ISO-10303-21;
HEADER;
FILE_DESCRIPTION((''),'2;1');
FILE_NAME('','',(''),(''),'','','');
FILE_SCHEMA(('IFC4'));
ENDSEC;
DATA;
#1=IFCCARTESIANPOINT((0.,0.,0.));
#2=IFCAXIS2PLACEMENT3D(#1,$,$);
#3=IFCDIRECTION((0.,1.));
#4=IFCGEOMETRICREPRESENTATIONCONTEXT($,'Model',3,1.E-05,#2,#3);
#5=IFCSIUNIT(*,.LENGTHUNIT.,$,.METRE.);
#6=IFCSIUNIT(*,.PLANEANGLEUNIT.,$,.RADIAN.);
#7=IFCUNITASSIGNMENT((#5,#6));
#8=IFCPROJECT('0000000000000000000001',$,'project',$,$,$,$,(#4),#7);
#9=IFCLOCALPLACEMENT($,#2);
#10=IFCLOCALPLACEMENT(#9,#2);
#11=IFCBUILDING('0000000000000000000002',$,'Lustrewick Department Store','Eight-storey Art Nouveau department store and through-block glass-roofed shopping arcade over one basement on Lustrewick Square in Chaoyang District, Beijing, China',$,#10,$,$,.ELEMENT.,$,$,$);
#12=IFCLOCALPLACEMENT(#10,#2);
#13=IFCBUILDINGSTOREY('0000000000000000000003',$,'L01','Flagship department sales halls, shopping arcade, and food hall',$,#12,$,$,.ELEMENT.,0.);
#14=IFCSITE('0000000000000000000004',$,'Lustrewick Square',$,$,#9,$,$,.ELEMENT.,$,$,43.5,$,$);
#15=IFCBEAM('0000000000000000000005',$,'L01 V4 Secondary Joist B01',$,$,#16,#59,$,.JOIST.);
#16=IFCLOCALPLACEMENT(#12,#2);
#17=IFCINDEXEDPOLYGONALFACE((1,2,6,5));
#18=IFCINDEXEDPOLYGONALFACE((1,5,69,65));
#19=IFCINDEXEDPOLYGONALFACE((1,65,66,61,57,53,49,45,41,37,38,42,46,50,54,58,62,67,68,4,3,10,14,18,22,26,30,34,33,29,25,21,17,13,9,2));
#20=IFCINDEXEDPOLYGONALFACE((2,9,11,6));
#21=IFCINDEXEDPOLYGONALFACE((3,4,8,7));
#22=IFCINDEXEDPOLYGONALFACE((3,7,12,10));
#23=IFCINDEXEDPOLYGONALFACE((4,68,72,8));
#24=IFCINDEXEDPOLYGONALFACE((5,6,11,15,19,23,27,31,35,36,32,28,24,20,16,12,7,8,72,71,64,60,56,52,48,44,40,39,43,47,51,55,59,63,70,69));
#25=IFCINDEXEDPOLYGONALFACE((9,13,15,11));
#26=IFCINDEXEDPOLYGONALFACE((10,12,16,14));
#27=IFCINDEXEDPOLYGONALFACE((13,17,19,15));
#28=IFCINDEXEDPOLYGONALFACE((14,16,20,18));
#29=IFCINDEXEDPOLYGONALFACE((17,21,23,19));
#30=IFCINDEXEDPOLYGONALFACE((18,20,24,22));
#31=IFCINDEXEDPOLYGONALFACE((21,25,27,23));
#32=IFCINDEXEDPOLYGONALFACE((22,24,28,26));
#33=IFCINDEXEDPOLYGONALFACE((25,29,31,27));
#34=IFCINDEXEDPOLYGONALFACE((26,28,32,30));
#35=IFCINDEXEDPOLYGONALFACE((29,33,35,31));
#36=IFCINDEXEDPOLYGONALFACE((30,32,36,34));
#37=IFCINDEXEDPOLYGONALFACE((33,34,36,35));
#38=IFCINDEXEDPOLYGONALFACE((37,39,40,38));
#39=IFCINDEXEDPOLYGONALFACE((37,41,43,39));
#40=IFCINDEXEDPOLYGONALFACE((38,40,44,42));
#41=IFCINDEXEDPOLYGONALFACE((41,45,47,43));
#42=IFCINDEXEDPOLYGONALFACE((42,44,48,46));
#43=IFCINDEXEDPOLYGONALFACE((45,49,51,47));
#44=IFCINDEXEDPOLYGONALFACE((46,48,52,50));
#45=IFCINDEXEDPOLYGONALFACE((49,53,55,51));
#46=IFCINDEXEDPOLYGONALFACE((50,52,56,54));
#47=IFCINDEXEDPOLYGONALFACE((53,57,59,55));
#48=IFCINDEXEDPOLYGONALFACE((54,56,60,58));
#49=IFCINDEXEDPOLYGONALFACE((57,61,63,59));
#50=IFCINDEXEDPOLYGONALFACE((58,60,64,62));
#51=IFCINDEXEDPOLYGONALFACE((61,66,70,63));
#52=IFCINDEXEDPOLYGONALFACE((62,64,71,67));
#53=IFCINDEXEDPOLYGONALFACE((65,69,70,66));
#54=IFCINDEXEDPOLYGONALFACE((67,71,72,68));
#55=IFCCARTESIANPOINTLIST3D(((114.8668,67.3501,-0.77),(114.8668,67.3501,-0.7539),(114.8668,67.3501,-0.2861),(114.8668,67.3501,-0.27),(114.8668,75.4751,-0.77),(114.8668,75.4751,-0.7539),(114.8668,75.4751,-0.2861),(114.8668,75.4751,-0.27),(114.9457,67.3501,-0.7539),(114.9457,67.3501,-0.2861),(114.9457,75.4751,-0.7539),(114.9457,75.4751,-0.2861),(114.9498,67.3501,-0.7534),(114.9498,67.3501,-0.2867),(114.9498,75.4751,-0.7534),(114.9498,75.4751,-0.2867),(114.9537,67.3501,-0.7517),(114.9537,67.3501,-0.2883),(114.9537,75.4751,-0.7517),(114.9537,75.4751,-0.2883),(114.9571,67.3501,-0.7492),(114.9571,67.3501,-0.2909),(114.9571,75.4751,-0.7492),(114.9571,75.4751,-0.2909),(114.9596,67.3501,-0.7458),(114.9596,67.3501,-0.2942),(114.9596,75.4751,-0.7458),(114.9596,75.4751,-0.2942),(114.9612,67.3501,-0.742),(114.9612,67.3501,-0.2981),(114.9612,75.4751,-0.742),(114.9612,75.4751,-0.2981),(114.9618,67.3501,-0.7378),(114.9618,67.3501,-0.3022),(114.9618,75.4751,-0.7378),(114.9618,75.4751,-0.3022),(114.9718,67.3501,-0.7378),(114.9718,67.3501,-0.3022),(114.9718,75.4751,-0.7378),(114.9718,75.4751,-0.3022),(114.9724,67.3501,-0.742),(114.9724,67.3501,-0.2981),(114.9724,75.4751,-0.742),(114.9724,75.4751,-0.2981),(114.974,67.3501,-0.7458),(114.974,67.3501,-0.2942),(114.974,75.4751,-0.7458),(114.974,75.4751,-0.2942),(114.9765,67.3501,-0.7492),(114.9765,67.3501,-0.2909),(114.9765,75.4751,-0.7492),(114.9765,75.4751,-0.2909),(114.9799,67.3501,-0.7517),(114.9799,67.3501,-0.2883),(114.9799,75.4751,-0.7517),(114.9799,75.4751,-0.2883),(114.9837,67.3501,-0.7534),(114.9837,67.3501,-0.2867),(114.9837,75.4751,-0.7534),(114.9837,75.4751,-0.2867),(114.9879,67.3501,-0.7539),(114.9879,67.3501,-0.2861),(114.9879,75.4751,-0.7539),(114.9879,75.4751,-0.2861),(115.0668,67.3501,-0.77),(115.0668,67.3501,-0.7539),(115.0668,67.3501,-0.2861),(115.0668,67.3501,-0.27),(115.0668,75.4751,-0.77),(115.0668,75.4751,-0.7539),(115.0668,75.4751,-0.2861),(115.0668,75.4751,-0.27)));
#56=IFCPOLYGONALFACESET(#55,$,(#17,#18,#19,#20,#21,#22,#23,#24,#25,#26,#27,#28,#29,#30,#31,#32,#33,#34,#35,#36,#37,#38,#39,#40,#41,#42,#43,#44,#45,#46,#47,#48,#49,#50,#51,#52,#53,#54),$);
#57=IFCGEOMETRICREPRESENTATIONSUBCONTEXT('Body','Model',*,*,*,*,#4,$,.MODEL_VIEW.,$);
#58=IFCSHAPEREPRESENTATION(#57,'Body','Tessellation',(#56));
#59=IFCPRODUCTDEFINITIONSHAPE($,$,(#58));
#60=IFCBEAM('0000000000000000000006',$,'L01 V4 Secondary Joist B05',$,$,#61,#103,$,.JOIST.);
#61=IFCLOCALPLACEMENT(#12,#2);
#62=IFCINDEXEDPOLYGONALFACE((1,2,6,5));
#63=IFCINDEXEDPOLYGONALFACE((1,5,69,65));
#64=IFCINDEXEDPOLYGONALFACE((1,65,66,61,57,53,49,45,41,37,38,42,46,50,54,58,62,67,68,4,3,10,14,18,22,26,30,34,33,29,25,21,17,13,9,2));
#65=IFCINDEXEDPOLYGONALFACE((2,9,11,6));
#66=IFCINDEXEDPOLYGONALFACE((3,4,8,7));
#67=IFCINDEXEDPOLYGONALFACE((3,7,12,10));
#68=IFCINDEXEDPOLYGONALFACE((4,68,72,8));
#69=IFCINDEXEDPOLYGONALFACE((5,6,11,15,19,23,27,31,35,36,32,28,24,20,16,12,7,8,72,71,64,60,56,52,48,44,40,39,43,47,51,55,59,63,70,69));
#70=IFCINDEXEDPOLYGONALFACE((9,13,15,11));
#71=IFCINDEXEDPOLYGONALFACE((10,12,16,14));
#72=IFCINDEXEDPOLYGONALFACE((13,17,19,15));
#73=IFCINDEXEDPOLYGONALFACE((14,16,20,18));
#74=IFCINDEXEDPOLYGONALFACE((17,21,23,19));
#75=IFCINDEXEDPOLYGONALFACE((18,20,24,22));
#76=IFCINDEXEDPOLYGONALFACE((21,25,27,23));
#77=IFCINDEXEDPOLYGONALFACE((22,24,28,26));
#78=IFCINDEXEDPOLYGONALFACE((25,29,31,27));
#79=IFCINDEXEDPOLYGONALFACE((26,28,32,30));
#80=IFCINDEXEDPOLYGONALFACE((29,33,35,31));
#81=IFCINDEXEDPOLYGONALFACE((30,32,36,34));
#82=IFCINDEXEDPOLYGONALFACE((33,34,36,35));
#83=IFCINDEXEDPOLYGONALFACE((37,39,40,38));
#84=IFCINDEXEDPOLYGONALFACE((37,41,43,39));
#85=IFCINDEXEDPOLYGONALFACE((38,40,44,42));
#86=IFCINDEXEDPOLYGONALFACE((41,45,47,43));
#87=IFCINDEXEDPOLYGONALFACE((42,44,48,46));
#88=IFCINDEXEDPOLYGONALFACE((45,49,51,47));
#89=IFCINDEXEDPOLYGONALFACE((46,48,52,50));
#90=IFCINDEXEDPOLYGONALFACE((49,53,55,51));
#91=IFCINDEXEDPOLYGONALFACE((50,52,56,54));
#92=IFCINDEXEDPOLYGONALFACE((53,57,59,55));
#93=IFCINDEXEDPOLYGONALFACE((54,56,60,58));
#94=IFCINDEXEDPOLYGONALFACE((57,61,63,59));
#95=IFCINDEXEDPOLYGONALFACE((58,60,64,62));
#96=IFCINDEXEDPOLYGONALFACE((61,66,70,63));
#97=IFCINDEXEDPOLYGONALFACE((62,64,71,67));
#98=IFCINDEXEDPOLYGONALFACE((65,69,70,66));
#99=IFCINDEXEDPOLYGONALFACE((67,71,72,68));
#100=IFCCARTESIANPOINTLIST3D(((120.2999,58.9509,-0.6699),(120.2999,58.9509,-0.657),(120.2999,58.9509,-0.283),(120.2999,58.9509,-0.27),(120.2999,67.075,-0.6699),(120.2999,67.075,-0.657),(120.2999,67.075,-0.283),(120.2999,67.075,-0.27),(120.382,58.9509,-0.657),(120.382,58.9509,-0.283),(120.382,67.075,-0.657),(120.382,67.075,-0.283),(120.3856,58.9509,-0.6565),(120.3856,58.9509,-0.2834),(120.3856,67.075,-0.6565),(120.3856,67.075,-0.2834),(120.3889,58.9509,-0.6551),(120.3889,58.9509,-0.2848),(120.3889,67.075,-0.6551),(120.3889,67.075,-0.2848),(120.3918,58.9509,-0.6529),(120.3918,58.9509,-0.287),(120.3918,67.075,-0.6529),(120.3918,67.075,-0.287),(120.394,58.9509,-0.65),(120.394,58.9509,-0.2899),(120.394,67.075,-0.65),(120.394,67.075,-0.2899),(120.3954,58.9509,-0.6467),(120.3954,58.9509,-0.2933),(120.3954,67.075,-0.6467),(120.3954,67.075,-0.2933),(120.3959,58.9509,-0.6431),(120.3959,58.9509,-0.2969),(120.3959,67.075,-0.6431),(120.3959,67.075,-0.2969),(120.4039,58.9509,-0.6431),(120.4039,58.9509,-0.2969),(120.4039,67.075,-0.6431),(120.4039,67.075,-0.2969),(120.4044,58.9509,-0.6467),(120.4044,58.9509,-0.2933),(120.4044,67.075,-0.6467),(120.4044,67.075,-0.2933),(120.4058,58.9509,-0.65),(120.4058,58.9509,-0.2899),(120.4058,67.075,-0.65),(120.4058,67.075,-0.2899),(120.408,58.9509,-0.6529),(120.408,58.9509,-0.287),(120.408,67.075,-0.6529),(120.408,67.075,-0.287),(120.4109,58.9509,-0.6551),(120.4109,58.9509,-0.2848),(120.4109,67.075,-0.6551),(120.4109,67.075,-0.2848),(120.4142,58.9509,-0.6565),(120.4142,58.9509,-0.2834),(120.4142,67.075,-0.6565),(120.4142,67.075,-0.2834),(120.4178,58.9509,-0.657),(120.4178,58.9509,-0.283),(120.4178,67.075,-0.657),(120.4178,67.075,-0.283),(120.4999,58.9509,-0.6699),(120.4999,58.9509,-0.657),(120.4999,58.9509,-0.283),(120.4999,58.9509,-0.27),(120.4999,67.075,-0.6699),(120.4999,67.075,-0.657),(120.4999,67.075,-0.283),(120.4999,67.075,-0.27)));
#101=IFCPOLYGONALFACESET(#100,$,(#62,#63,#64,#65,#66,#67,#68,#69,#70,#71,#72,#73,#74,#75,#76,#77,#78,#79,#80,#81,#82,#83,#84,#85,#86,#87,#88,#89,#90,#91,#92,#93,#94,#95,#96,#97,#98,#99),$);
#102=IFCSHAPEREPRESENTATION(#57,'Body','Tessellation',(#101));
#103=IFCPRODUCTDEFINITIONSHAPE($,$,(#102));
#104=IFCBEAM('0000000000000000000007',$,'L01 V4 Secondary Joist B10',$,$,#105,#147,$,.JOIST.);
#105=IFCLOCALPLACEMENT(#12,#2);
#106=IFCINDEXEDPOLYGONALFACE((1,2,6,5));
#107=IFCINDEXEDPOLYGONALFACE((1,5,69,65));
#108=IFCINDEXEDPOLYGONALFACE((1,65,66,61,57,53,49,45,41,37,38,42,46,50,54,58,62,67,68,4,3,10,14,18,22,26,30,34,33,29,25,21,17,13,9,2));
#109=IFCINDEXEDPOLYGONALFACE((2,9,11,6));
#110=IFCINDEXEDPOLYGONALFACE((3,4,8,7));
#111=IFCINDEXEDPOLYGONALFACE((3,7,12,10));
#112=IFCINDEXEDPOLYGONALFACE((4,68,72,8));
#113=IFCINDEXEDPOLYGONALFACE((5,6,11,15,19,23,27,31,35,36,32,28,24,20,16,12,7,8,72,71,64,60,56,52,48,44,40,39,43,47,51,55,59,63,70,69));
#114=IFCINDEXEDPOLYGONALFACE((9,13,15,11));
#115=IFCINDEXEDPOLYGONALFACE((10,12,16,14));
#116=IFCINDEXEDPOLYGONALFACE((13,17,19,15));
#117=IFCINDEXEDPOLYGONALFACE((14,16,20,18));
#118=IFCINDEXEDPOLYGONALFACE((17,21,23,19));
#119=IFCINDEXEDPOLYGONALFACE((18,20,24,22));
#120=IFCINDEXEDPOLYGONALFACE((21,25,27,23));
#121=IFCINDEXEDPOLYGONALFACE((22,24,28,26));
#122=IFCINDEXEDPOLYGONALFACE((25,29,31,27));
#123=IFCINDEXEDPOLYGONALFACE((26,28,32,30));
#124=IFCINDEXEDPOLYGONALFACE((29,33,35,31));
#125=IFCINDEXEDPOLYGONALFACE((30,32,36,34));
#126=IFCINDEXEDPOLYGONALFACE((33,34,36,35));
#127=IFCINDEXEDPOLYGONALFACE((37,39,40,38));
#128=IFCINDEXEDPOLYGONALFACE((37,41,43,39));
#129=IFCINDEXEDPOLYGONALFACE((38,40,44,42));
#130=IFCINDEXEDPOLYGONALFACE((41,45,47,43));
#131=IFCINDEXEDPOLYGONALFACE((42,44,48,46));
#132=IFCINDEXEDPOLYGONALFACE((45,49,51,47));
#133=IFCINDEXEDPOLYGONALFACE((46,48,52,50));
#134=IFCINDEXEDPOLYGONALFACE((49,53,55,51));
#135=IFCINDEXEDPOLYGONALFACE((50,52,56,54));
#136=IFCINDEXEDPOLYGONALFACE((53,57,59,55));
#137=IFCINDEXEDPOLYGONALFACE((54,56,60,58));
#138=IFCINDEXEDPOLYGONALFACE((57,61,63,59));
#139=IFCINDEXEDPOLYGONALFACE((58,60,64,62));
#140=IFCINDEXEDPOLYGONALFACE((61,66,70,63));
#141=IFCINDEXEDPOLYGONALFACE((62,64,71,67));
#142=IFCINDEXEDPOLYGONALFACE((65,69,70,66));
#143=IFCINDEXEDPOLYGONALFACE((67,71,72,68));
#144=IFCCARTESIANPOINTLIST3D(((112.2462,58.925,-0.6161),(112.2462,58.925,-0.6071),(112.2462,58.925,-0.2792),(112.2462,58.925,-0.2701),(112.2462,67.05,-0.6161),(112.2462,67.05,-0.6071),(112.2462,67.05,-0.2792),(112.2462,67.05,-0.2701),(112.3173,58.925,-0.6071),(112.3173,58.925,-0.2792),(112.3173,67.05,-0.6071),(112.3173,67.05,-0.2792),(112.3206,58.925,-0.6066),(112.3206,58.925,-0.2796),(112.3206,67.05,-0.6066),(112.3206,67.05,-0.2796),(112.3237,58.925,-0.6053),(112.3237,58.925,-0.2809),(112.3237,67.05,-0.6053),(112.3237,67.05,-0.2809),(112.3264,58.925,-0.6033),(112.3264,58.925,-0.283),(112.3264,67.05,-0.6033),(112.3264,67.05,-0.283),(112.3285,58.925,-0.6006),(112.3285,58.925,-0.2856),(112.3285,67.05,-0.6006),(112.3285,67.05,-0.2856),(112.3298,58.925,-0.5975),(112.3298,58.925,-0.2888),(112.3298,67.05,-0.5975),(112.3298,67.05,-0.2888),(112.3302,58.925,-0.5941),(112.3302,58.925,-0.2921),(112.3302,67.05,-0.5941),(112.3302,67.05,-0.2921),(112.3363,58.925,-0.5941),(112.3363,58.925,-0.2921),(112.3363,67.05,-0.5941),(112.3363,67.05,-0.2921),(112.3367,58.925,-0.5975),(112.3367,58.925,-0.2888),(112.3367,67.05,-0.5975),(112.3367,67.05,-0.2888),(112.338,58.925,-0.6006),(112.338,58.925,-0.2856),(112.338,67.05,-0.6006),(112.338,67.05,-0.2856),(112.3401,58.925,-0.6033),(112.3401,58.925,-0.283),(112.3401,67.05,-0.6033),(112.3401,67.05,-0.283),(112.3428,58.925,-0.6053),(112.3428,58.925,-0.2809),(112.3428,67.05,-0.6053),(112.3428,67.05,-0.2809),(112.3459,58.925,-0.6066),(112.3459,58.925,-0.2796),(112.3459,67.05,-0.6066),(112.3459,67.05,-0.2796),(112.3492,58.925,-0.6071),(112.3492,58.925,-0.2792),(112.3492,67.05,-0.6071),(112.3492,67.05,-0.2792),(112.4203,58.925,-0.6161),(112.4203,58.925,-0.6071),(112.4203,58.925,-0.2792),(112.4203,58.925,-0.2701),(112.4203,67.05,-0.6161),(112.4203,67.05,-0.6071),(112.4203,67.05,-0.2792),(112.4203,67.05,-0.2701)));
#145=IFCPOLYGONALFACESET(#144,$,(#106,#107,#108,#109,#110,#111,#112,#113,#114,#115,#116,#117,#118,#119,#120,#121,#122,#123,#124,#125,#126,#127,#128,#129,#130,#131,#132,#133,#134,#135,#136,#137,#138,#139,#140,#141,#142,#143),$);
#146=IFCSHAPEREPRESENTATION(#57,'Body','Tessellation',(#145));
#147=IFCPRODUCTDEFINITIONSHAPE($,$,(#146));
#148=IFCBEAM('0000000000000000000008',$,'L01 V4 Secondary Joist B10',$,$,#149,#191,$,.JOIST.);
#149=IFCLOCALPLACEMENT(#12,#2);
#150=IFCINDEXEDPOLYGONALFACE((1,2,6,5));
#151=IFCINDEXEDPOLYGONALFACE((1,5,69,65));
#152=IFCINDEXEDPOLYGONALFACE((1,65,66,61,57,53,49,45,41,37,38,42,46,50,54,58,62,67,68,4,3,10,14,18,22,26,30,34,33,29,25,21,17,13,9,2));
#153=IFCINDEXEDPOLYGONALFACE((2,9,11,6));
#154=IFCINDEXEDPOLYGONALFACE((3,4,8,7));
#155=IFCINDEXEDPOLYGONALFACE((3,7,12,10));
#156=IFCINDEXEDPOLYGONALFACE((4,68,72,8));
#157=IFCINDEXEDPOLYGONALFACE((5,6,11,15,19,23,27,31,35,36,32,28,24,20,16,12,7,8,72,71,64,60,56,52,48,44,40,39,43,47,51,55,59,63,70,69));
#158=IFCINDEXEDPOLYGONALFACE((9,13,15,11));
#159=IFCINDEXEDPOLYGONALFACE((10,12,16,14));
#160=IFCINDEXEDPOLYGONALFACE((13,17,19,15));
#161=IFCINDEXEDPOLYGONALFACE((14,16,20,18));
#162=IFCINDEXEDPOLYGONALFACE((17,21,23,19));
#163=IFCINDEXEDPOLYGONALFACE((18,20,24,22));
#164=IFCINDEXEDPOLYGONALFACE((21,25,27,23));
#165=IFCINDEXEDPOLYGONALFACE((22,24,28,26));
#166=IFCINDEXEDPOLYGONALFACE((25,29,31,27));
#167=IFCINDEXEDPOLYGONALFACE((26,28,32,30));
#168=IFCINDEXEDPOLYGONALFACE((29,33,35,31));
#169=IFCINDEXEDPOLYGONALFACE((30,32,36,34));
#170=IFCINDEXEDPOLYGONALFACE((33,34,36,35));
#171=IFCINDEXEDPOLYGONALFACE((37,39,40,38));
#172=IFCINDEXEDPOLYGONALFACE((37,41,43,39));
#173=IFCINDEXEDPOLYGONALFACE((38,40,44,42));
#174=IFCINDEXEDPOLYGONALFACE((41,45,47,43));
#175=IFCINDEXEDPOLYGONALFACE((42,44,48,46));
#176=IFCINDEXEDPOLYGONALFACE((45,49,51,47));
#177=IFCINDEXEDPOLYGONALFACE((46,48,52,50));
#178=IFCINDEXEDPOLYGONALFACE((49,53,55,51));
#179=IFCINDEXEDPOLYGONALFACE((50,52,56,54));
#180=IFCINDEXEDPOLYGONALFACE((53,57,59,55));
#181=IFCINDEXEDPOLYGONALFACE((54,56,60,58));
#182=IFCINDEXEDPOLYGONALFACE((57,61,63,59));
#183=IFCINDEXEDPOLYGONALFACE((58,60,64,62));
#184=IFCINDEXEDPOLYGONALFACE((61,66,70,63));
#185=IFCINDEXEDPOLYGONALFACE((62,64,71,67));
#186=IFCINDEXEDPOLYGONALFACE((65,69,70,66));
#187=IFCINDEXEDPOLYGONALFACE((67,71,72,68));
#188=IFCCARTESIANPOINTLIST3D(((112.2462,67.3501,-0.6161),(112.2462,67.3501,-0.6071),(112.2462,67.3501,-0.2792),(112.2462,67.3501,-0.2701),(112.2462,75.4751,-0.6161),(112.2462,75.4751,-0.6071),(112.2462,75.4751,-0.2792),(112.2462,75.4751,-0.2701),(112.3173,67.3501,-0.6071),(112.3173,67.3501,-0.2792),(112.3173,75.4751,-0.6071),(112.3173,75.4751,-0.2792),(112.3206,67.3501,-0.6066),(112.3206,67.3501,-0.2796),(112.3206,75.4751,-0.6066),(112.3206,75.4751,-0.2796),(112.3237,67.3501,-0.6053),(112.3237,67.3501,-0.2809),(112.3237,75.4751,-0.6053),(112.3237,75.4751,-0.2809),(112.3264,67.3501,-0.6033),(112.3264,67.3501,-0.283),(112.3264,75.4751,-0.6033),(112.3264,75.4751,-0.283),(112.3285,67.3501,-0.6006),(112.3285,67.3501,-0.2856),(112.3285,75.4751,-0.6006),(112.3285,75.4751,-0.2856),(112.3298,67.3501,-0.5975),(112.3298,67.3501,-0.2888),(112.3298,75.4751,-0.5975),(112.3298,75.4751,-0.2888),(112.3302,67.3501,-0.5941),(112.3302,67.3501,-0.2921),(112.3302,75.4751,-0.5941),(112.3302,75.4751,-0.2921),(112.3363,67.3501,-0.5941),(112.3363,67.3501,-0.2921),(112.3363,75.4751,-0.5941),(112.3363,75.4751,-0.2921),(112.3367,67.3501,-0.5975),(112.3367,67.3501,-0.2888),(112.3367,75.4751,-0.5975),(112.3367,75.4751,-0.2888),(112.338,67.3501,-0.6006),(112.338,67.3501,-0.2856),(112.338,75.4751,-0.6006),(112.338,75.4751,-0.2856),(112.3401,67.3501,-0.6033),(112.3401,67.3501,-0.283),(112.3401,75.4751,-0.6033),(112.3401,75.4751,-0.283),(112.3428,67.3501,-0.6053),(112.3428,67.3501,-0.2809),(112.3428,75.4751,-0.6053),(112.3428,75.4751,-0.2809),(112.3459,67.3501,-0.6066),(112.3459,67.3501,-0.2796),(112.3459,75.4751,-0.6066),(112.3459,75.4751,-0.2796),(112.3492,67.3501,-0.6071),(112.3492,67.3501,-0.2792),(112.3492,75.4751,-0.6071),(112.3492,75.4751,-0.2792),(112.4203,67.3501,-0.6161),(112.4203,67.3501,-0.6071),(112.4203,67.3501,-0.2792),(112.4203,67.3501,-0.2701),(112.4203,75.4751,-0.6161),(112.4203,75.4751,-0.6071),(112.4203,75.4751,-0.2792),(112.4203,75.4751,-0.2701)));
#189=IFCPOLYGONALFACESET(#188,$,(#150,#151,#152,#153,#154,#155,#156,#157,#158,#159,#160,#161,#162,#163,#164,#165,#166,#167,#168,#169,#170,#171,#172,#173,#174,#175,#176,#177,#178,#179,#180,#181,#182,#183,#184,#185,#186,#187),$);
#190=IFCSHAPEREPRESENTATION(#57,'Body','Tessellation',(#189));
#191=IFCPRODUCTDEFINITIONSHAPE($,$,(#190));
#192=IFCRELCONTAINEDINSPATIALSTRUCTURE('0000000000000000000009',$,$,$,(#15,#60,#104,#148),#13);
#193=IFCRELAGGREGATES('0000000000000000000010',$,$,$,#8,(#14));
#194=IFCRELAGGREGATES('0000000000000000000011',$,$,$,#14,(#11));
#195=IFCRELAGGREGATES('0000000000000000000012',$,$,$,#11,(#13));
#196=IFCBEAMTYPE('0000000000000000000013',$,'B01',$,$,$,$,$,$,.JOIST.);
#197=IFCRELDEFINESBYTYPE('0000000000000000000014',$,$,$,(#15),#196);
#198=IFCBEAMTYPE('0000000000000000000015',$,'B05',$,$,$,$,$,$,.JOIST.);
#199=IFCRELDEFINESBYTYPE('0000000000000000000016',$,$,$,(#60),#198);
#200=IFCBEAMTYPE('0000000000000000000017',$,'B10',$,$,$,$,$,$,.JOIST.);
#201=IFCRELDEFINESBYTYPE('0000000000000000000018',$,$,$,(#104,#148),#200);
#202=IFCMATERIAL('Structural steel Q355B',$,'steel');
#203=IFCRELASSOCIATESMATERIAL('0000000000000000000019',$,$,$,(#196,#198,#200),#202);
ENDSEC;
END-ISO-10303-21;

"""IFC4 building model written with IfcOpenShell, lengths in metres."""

from ifc_helpers import new_model, si_unit, direction, frame, origin, origin_2d, place, context, subcontext, project, spatial, i_section, extrude, material, material_profile, profile_set, type_object, element, save


model = new_model("IFC4")

# Units and contexts
model_context = context("Model", 3, precision=1e-05, world=origin(), true_north=direction((0.0, 1.0)))
body_context = subcontext(model_context, "Body", "Model", "MODEL_VIEW")
ifc_project = project(units=[si_unit("LENGTHUNIT", "METRE"), si_unit("PLANEANGLEUNIT", "RADIAN")], contexts=[model_context])

# Site, building, storey
site_placement = place(None, origin())
site = spatial("IfcSite", under=ifc_project, at=site_placement, Name="Lustrewick Square", CompositionType="ELEMENT", RefElevation=43.5)
building_placement = place(site_placement, origin())
building = spatial("IfcBuilding", under=site, at=building_placement, Name="Lustrewick Department Store", Description="Eight-storey Art Nouveau department store and through-block glass-roofed shopping arcade over one basement on Lustrewick Square in Chaoyang District, Beijing, China", CompositionType="ELEMENT")
storey_placement = place(building_placement, origin())
storey = spatial("IfcBuildingStorey", under=building, at=storey_placement, Name="L01", Description="Flagship department sales halls, shopping arcade, and food hall", CompositionType="ELEMENT", Elevation=0.0)

# Shared definitions
ifc_material_1 = material(Name="Structural steel Q355B", Category="steel")

# Beams
ifc_material_profile_1 = material_profile(ifc_material_1, i_section(OverallWidth=0.2, OverallDepth=0.5, WebThickness=0.01, FlangeThickness=0.0161, FilletRadius=0.0161, at=origin_2d()), Name="HN 500x200x10x16")
ifc_profile_set_1 = profile_set([ifc_material_profile_1], Name="Structural steel Q355B")
beam_type_1 = type_object("IfcBeamType", Name="B01", PredefinedType="JOIST", material=ifc_profile_set_1)
for number, where, z_axis, x_axis, name in (
    (1, (114.9668, 67.3501, -0.52), (0.0, 1.0, 0.0), (-1.0, 0.0, 0.0), "L01 V4 Secondary Joist B01"),
):
    element("IfcBeam", number, at=place(storey_placement, frame(where, z_axis=z_axis, x_axis=x_axis)), inside=storey, type_object=beam_type_1, Name=name, PredefinedType="JOIST", context=body_context, shape_type="SweptSolid", body=[
        extrude(i_section(OverallWidth=0.2, OverallDepth=0.5, WebThickness=0.01, FlangeThickness=0.0161, FilletRadius=0.0161, at=origin_2d()), origin(), (0.0, 0.0, 1.0), 8.125),
    ])
ifc_material_profile_2 = material_profile(ifc_material_1, i_section(OverallWidth=0.2, OverallDepth=0.3999, WebThickness=0.0081, FlangeThickness=0.0129, FilletRadius=0.0139, at=origin_2d()), Name="HN 400x200x8x13")
ifc_profile_set_2 = profile_set([ifc_material_profile_2], Name="Structural steel Q355B")
beam_type_2 = type_object("IfcBeamType", Name="B05", PredefinedType="JOIST", material=ifc_profile_set_2)
beam_1_placement = place(storey_placement, frame((120.3999, 58.9509, -0.47), z_axis=(0.0, 1.0, 0.0), x_axis=(-1.0, 0.0, 0.0)))
element("IfcBeam", 2, at=beam_1_placement, inside=storey, type_object=beam_type_2, Name="L01 V4 Secondary Joist B05", PredefinedType="JOIST", context=body_context, shape_type="SweptSolid", body=[
    extrude(i_section(OverallWidth=0.2, OverallDepth=0.3999, WebThickness=0.0081, FlangeThickness=0.0129, FilletRadius=0.0139, at=origin_2d()), origin(), (0.0, 0.0, 1.0), 8.124),
])
ifc_material_profile_3 = material_profile(ifc_material_1, i_section(OverallWidth=0.1741, OverallDepth=0.3459, WebThickness=0.0061, FlangeThickness=0.009, FilletRadius=0.0129, at=origin_2d()), Name="HN 346x174x6x9")
ifc_profile_set_3 = profile_set([ifc_material_profile_3], Name="Structural steel Q355B")
beam_type_3 = type_object("IfcBeamType", Name="B10", PredefinedType="JOIST", material=ifc_profile_set_3)
for number, where, z_axis, x_axis, name in (
    (3, (112.3333, 58.925, -0.4431), (0.0, 1.0, 0.0), (-1.0, 0.0, 0.0), "L01 V4 Secondary Joist B10"),
    (4, (112.3333, 67.3501, -0.4431), (0.0, 1.0, 0.0), (-1.0, 0.0, 0.0), "L01 V4 Secondary Joist B10"),
):
    element("IfcBeam", number, at=place(storey_placement, frame(where, z_axis=z_axis, x_axis=x_axis)), inside=storey, type_object=beam_type_3, Name=name, PredefinedType="JOIST", context=body_context, shape_type="SweptSolid", body=[
        extrude(i_section(OverallWidth=0.1741, OverallDepth=0.3459, WebThickness=0.0061, FlangeThickness=0.009, FilletRadius=0.0129, at=origin_2d()), origin(), (0.0, 0.0, 1.0), 8.125),
    ])

save(model, "model.ifc")
